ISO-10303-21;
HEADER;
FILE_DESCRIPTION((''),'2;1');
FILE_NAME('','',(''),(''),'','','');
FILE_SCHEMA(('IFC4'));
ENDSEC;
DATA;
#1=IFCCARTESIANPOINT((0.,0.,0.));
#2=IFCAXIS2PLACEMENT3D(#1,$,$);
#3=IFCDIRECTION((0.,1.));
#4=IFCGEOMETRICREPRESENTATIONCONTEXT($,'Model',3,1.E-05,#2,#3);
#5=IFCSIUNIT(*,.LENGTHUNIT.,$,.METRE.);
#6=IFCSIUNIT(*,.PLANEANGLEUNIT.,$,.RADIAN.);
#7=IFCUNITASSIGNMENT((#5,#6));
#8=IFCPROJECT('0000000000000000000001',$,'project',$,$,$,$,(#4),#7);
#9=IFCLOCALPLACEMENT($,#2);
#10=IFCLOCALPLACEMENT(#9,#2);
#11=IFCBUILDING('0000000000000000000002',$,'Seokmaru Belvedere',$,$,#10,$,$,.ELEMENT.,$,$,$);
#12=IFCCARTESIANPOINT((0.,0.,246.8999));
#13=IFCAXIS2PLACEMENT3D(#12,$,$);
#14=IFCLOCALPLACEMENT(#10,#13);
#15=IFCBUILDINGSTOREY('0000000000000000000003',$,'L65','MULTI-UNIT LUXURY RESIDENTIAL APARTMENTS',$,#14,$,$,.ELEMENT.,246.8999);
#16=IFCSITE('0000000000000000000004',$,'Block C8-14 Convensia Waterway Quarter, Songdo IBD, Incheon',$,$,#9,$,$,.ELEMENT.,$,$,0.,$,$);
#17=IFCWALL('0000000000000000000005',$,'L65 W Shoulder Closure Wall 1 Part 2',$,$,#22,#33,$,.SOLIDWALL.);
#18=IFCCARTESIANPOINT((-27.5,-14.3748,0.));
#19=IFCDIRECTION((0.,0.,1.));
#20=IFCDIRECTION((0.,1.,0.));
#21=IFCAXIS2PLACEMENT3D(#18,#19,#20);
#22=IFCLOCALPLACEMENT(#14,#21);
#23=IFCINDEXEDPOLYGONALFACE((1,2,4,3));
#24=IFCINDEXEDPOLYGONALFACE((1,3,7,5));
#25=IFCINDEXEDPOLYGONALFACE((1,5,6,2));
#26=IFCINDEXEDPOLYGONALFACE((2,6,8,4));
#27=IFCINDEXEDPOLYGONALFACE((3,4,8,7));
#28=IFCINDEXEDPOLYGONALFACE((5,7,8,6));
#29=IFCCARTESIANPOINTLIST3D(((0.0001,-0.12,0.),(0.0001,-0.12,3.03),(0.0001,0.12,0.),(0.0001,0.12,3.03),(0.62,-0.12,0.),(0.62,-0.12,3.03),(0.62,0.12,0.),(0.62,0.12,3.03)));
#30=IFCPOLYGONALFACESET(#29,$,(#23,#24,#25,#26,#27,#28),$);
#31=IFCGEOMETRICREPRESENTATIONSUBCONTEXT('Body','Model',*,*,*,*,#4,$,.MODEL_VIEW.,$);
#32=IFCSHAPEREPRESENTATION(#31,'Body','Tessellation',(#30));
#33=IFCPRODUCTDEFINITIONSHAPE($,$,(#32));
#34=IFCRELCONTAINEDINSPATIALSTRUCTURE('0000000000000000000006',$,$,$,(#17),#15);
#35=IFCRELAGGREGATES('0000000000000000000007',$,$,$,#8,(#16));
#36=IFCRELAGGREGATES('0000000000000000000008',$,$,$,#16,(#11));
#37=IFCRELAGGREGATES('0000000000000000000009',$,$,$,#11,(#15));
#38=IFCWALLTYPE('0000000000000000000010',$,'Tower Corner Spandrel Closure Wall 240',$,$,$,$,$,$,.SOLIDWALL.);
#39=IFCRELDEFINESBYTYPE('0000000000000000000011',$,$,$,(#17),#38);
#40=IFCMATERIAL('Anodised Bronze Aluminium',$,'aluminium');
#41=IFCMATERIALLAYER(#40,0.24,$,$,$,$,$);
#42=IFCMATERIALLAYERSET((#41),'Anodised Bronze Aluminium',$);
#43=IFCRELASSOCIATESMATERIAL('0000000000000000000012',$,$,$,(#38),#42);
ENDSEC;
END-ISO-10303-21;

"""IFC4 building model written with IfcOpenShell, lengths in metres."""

from ifc_helpers import new_model, si_unit, direction, frame, frame_2d, origin, place, context, subcontext, project, spatial, rectangle, extrude, material, layer, layer_set, type_object, element, save


model = new_model("IFC4")

# Units and contexts
model_context = context("Model", 3, precision=1e-05, world=origin(), true_north=direction((0.0, 1.0)))
body_context = subcontext(model_context, "Body", "Model", "MODEL_VIEW")
ifc_project = project(units=[si_unit("LENGTHUNIT", "METRE"), si_unit("PLANEANGLEUNIT", "RADIAN")], contexts=[model_context])

# Site, building, storey
site_placement = place(None, origin())
site = spatial("IfcSite", under=ifc_project, at=site_placement, Name="Block C8-14 Convensia Waterway Quarter, Songdo IBD, Incheon", CompositionType="ELEMENT", RefElevation=0.0)
building_placement = place(site_placement, origin())
building = spatial("IfcBuilding", under=site, at=building_placement, Name="Seokmaru Belvedere", CompositionType="ELEMENT")
storey_placement = place(building_placement, frame((0.0, 0.0, 246.8999)))
storey = spatial("IfcBuildingStorey", under=building, at=storey_placement, Name="L65", Description="MULTI-UNIT LUXURY RESIDENTIAL APARTMENTS", CompositionType="ELEMENT", Elevation=246.8999)

# Shared definitions
ifc_material_1 = material(Name="Anodised Bronze Aluminium", Category="aluminium")

# Wall
ifc_layer_1 = layer(ifc_material_1, 0.24)
ifc_layer_set_1 = layer_set([ifc_layer_1], Name="Anodised Bronze Aluminium")
wall_type_1 = type_object("IfcWallType", Name="Tower Corner Spandrel Closure Wall 240", PredefinedType="SOLIDWALL", material=ifc_layer_set_1)
wall_1_placement = place(storey_placement, frame((-27.5, -14.3748, 0.0), z_axis=(0.0, 0.0, 1.0), x_axis=(0.0, 1.0, 0.0)))
element("IfcWall", 1, at=wall_1_placement, inside=storey, type_object=wall_type_1, Name="L65 W Shoulder Closure Wall 1 Part 2", PredefinedType="SOLIDWALL", context=body_context, shape_type="SweptSolid", body=[
    extrude(rectangle(XDim=0.6199, YDim=0.24, at=frame_2d((0.3101, 0.0))), origin(), (0.0, 0.0, 1.0), 3.03),
])

save(model, "model.ifc")
